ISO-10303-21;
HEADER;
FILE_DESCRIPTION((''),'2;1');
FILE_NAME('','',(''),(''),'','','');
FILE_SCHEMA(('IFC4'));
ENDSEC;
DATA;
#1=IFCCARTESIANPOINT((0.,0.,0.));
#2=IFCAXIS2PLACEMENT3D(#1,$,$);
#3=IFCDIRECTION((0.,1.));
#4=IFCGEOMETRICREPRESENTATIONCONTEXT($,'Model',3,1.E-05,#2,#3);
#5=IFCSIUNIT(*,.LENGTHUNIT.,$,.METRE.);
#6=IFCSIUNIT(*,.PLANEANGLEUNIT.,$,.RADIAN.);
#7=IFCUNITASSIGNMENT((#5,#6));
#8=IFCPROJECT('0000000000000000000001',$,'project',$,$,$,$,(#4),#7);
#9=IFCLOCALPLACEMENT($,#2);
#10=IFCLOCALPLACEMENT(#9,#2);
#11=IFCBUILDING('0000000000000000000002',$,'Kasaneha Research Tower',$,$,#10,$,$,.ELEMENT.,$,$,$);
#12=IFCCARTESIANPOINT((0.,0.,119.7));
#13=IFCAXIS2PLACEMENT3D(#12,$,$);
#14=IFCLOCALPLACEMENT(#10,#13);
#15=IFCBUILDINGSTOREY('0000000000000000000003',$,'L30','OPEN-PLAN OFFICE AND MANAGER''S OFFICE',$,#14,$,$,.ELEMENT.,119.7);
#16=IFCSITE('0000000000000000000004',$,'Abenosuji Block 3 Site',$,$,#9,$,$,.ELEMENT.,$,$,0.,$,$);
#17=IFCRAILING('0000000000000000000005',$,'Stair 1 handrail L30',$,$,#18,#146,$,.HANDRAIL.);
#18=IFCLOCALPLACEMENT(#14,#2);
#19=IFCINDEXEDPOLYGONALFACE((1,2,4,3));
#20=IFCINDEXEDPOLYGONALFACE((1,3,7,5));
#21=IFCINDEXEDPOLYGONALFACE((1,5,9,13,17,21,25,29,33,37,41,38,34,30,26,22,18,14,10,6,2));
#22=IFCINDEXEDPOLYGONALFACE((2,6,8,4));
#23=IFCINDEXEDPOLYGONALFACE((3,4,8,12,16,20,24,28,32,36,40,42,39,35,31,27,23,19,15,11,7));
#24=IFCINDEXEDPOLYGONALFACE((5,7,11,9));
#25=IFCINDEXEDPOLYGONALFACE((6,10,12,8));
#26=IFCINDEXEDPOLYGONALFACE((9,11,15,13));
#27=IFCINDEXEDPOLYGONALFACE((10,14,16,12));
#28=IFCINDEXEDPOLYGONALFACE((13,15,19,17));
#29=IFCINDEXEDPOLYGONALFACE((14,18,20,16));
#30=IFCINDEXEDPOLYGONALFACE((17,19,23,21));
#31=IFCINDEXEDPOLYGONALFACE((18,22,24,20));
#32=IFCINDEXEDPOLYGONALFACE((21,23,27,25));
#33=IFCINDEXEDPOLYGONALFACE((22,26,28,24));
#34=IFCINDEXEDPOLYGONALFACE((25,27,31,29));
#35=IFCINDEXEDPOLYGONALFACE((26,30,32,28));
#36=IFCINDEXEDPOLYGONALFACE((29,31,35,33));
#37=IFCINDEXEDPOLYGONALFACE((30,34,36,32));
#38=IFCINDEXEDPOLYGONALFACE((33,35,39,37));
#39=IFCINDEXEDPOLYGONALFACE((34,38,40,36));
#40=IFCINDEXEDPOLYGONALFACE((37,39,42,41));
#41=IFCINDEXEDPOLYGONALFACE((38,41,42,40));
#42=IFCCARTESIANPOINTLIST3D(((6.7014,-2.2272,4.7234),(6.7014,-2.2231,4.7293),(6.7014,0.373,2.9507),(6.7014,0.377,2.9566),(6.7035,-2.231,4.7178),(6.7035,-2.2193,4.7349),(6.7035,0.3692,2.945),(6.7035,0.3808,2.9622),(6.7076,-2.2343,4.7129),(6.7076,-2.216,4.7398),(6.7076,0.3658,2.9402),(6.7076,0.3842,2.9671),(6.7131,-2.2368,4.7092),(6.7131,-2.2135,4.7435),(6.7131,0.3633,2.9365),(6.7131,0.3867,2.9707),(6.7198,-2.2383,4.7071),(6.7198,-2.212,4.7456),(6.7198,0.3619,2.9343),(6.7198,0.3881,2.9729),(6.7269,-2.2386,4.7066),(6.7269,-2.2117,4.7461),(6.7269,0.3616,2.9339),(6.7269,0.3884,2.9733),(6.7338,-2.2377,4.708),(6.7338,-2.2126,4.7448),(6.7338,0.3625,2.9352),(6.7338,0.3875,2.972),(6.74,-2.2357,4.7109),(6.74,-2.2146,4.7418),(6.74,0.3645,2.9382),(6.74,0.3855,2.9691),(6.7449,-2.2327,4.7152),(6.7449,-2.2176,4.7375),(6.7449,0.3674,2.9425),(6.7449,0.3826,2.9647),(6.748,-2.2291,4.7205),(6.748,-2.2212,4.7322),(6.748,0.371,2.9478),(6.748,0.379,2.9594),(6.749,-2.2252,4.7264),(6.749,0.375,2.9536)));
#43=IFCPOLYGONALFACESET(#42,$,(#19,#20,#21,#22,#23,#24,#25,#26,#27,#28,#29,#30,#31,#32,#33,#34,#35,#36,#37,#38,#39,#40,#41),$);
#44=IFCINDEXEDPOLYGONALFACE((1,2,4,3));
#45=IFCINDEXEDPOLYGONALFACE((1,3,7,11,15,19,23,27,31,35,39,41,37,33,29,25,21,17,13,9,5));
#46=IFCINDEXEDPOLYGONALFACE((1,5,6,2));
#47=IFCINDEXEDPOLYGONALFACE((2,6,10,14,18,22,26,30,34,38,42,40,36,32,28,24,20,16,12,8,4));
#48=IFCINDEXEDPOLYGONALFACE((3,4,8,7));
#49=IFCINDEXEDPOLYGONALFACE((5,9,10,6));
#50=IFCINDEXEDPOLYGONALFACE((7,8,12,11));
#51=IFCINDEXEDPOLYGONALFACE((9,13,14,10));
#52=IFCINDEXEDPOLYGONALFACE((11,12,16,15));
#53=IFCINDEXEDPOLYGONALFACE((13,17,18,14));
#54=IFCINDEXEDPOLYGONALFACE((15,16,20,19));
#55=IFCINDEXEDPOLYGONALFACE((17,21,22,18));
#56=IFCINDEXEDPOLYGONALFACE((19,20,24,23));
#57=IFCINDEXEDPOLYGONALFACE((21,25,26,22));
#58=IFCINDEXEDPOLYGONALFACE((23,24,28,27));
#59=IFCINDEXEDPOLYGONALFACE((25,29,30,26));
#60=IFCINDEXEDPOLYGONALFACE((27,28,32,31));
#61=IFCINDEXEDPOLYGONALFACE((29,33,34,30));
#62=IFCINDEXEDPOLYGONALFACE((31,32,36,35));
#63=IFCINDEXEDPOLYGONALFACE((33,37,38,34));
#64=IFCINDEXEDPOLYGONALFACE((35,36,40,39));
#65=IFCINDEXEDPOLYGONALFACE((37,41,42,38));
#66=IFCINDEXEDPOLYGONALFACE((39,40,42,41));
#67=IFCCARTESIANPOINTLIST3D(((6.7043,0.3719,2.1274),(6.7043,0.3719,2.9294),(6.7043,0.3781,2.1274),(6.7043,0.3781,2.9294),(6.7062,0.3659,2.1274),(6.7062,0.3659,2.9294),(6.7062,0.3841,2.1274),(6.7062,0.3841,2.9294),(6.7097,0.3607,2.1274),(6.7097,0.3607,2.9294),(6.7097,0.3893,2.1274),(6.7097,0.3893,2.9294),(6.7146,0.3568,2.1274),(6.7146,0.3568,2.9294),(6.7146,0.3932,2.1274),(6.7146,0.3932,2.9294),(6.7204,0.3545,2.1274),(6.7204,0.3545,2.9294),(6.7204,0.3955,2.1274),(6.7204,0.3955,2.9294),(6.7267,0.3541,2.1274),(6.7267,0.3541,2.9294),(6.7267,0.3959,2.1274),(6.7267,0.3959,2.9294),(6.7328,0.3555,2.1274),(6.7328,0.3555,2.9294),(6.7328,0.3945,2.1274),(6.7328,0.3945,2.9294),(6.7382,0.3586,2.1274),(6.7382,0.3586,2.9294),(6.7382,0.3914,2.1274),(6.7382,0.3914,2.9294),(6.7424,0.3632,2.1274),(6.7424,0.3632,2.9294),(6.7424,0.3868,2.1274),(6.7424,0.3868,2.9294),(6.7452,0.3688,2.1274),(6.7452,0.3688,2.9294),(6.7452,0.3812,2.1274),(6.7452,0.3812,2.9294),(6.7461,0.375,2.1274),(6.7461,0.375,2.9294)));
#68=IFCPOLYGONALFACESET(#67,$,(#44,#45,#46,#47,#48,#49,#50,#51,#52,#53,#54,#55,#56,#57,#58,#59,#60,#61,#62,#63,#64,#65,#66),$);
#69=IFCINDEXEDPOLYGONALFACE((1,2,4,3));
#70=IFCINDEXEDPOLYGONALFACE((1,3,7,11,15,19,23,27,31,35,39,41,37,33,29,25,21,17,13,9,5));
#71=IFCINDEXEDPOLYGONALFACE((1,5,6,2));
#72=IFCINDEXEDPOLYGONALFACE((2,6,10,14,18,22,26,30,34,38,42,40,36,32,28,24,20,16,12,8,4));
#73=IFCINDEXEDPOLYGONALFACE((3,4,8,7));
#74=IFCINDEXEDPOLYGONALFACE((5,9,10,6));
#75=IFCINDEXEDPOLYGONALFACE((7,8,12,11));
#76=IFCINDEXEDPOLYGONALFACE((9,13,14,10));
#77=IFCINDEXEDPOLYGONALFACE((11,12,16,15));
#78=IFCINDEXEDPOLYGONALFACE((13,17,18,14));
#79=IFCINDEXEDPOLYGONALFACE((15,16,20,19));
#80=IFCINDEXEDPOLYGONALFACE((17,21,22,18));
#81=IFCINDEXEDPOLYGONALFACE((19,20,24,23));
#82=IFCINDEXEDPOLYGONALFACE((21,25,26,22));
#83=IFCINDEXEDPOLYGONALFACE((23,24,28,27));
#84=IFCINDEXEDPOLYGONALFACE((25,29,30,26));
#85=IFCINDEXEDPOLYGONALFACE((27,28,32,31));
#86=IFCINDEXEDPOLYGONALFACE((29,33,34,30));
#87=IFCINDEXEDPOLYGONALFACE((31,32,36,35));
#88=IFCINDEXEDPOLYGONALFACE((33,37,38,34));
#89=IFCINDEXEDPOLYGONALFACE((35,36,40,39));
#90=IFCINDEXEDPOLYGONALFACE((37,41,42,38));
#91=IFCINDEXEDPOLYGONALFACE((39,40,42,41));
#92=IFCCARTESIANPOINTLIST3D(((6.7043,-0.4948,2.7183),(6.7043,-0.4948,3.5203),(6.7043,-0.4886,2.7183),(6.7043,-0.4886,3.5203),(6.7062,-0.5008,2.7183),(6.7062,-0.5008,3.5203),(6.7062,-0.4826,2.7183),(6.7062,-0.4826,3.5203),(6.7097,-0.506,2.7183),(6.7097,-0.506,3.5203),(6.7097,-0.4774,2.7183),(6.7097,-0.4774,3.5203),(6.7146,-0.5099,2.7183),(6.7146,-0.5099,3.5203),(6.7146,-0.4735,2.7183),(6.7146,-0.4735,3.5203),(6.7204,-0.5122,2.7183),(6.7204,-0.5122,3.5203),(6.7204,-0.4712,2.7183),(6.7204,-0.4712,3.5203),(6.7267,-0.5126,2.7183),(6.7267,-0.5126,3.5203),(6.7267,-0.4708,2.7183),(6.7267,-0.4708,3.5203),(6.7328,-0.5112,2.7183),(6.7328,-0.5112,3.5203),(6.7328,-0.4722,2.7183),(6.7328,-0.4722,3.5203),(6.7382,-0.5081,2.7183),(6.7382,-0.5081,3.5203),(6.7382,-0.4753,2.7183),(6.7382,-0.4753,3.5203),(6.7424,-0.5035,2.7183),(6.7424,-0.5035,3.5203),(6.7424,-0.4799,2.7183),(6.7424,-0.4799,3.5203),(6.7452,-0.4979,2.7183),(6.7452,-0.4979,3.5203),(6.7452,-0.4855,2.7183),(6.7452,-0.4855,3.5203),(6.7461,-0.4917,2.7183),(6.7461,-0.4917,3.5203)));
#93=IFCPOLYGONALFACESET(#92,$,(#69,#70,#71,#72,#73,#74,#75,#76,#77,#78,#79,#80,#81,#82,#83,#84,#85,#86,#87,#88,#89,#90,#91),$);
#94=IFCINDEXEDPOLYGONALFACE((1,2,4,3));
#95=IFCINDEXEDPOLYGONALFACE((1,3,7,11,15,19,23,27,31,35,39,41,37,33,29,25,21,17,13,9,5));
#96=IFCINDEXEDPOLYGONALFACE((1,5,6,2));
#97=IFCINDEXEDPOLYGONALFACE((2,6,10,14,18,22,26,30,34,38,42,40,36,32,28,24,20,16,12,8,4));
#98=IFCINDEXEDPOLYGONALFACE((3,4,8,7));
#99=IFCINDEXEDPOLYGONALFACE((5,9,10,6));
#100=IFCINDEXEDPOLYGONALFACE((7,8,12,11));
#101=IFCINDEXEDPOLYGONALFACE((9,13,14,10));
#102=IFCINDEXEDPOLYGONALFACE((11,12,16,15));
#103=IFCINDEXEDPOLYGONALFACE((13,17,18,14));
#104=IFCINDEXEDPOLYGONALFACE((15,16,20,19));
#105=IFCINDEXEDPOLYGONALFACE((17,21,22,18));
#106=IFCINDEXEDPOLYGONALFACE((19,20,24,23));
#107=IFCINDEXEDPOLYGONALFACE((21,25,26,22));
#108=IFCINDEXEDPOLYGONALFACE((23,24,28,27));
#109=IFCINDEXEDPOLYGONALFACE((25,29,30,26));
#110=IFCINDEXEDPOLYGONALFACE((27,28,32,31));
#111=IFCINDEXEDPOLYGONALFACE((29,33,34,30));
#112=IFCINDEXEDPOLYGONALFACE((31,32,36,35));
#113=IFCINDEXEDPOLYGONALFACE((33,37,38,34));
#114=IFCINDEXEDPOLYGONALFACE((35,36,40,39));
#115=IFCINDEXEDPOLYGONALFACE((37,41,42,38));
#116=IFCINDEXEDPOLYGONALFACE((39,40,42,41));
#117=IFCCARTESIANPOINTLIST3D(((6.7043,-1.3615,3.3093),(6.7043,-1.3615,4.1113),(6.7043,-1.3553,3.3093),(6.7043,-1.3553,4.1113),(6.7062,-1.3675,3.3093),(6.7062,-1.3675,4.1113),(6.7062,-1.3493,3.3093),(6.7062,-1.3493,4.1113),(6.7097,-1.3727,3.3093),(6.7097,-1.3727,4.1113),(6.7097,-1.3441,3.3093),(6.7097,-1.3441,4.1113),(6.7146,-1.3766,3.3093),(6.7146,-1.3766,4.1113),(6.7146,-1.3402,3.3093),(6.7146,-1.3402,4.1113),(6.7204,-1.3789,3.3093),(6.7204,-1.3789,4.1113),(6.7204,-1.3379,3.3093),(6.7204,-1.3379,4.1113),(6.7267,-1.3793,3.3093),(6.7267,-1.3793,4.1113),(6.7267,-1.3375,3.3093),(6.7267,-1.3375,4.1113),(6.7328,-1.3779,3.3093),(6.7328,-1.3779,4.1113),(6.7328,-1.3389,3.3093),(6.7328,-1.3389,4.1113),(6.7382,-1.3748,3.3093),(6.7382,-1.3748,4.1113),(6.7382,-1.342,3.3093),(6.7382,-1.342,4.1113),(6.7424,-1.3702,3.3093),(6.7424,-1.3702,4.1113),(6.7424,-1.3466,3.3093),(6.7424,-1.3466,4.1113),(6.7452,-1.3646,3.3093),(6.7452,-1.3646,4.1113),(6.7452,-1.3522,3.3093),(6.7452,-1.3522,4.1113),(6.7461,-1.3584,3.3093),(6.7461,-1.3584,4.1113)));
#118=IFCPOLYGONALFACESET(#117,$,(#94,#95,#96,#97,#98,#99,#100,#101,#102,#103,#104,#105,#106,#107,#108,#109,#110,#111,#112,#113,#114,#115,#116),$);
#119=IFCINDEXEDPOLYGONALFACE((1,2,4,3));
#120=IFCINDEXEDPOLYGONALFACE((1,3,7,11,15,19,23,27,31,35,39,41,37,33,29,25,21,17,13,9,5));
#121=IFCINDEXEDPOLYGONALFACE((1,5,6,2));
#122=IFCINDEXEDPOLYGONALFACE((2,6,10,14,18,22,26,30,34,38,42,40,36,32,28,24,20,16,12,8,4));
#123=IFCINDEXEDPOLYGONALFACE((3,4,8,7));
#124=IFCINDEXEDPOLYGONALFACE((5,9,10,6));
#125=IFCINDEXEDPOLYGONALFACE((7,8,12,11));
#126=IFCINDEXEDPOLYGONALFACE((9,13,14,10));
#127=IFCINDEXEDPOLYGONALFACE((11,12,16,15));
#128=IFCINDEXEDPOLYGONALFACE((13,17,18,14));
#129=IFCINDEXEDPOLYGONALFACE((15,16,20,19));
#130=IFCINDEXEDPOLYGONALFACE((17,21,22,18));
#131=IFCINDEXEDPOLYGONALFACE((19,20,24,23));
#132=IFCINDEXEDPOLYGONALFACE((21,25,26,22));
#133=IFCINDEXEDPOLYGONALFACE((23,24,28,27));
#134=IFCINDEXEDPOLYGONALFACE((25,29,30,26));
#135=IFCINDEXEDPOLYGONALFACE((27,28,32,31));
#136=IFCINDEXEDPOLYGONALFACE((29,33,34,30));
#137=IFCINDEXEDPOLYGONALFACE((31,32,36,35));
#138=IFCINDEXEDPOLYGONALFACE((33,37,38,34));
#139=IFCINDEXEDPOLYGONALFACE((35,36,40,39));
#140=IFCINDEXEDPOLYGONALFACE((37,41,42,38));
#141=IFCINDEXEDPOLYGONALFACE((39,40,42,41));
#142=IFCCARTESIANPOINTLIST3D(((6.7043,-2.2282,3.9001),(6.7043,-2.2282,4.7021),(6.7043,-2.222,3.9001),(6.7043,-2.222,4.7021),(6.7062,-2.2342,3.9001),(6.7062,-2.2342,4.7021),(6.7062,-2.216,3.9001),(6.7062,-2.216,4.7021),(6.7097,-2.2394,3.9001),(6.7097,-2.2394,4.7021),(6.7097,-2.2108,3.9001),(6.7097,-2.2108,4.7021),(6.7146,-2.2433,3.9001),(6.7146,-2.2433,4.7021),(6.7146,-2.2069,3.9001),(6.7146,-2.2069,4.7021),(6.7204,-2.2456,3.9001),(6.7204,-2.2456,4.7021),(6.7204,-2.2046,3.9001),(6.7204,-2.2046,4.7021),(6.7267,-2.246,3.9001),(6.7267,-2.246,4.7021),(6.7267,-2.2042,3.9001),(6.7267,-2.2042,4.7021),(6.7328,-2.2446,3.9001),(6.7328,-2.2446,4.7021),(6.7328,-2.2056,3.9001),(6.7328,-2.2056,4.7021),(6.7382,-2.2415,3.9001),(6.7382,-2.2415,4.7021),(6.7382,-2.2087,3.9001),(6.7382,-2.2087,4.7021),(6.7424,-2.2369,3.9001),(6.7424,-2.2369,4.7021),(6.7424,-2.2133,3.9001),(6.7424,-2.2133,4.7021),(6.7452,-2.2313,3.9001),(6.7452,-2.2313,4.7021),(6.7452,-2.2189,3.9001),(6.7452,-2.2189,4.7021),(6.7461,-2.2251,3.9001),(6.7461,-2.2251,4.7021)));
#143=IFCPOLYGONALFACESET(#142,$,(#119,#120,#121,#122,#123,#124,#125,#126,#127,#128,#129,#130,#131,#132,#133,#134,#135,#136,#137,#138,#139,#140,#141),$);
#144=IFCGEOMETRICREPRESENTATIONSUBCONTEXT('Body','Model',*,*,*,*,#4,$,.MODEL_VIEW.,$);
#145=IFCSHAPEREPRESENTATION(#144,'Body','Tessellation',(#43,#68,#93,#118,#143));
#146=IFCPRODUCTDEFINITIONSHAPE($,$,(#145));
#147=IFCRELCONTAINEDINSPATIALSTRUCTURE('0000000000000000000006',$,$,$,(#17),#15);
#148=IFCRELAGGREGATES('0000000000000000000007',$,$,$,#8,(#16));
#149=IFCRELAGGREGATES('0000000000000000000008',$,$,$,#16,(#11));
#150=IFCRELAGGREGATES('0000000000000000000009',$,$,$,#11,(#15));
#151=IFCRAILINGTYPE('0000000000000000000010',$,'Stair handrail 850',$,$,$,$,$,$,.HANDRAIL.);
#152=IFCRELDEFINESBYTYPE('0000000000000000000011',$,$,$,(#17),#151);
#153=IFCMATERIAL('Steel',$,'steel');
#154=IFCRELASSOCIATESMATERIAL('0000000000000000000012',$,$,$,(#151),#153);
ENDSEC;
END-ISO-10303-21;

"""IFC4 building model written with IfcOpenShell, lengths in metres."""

from ifc_helpers import new_model, si_unit, direction, frame, origin, origin_2d, place, context, subcontext, project, spatial, circle, extrude, material, type_object, element, save


model = new_model("IFC4")

# Units and contexts
model_context = context("Model", 3, precision=1e-05, world=origin(), true_north=direction((0.0, 1.0)))
body_context = subcontext(model_context, "Body", "Model", "MODEL_VIEW")
ifc_project = project(units=[si_unit("LENGTHUNIT", "METRE"), si_unit("PLANEANGLEUNIT", "RADIAN")], contexts=[model_context])

# Site, building, storey
site_placement = place(None, origin())
site = spatial("IfcSite", under=ifc_project, at=site_placement, Name="Abenosuji Block 3 Site", CompositionType="ELEMENT", RefElevation=0.0)
building_placement = place(site_placement, origin())
building = spatial("IfcBuilding", under=site, at=building_placement, Name="Kasaneha Research Tower", CompositionType="ELEMENT")
storey_placement = place(building_placement, frame((0.0, 0.0, 119.7)))
storey = spatial("IfcBuildingStorey", under=building, at=storey_placement, Name="L30", Description="OPEN-PLAN OFFICE AND MANAGER'S OFFICE", CompositionType="ELEMENT", Elevation=119.7)

# Railing
ifc_material_1 = material(Name="Steel", Category="steel")
railing_type_1 = type_object("IfcRailingType", Name="Stair handrail 850", PredefinedType="HANDRAIL", material=ifc_material_1)
railing_1_placement = place(storey_placement, frame((6.7251, 0.375, 2.1274)))
element("IfcRailing", 1, at=railing_1_placement, inside=storey, type_object=railing_type_1, Name="Stair 1 handrail L30", PredefinedType="HANDRAIL", context=body_context, shape_type="SweptSolid", body=[
    extrude(circle(Radius=0.0239, at=origin_2d()), frame((0.0, 0.0, 0.8262), z_axis=(0.0, -0.82624, 0.563318), x_axis=(1.0, 0.0, 0.0)), (0.0, 0.0, 1.0), 3.147),
    extrude(circle(Radius=0.021, at=origin_2d()), origin(), (0.0, 0.0, 1.0), 0.802),
    extrude(circle(Radius=0.021, at=origin_2d()), frame((0.0, -0.8667, 0.5908)), (0.0, 0.0, 1.0), 0.802),
    extrude(circle(Radius=0.021, at=origin_2d()), frame((0.0, -1.7334, 1.1819)), (0.0, 0.0, 1.0), 0.802),
    extrude(circle(Radius=0.021, at=origin_2d()), frame((0.0, -2.6001, 1.7727)), (0.0, 0.0, 1.0), 0.802),
])

save(model, "model.ifc")
